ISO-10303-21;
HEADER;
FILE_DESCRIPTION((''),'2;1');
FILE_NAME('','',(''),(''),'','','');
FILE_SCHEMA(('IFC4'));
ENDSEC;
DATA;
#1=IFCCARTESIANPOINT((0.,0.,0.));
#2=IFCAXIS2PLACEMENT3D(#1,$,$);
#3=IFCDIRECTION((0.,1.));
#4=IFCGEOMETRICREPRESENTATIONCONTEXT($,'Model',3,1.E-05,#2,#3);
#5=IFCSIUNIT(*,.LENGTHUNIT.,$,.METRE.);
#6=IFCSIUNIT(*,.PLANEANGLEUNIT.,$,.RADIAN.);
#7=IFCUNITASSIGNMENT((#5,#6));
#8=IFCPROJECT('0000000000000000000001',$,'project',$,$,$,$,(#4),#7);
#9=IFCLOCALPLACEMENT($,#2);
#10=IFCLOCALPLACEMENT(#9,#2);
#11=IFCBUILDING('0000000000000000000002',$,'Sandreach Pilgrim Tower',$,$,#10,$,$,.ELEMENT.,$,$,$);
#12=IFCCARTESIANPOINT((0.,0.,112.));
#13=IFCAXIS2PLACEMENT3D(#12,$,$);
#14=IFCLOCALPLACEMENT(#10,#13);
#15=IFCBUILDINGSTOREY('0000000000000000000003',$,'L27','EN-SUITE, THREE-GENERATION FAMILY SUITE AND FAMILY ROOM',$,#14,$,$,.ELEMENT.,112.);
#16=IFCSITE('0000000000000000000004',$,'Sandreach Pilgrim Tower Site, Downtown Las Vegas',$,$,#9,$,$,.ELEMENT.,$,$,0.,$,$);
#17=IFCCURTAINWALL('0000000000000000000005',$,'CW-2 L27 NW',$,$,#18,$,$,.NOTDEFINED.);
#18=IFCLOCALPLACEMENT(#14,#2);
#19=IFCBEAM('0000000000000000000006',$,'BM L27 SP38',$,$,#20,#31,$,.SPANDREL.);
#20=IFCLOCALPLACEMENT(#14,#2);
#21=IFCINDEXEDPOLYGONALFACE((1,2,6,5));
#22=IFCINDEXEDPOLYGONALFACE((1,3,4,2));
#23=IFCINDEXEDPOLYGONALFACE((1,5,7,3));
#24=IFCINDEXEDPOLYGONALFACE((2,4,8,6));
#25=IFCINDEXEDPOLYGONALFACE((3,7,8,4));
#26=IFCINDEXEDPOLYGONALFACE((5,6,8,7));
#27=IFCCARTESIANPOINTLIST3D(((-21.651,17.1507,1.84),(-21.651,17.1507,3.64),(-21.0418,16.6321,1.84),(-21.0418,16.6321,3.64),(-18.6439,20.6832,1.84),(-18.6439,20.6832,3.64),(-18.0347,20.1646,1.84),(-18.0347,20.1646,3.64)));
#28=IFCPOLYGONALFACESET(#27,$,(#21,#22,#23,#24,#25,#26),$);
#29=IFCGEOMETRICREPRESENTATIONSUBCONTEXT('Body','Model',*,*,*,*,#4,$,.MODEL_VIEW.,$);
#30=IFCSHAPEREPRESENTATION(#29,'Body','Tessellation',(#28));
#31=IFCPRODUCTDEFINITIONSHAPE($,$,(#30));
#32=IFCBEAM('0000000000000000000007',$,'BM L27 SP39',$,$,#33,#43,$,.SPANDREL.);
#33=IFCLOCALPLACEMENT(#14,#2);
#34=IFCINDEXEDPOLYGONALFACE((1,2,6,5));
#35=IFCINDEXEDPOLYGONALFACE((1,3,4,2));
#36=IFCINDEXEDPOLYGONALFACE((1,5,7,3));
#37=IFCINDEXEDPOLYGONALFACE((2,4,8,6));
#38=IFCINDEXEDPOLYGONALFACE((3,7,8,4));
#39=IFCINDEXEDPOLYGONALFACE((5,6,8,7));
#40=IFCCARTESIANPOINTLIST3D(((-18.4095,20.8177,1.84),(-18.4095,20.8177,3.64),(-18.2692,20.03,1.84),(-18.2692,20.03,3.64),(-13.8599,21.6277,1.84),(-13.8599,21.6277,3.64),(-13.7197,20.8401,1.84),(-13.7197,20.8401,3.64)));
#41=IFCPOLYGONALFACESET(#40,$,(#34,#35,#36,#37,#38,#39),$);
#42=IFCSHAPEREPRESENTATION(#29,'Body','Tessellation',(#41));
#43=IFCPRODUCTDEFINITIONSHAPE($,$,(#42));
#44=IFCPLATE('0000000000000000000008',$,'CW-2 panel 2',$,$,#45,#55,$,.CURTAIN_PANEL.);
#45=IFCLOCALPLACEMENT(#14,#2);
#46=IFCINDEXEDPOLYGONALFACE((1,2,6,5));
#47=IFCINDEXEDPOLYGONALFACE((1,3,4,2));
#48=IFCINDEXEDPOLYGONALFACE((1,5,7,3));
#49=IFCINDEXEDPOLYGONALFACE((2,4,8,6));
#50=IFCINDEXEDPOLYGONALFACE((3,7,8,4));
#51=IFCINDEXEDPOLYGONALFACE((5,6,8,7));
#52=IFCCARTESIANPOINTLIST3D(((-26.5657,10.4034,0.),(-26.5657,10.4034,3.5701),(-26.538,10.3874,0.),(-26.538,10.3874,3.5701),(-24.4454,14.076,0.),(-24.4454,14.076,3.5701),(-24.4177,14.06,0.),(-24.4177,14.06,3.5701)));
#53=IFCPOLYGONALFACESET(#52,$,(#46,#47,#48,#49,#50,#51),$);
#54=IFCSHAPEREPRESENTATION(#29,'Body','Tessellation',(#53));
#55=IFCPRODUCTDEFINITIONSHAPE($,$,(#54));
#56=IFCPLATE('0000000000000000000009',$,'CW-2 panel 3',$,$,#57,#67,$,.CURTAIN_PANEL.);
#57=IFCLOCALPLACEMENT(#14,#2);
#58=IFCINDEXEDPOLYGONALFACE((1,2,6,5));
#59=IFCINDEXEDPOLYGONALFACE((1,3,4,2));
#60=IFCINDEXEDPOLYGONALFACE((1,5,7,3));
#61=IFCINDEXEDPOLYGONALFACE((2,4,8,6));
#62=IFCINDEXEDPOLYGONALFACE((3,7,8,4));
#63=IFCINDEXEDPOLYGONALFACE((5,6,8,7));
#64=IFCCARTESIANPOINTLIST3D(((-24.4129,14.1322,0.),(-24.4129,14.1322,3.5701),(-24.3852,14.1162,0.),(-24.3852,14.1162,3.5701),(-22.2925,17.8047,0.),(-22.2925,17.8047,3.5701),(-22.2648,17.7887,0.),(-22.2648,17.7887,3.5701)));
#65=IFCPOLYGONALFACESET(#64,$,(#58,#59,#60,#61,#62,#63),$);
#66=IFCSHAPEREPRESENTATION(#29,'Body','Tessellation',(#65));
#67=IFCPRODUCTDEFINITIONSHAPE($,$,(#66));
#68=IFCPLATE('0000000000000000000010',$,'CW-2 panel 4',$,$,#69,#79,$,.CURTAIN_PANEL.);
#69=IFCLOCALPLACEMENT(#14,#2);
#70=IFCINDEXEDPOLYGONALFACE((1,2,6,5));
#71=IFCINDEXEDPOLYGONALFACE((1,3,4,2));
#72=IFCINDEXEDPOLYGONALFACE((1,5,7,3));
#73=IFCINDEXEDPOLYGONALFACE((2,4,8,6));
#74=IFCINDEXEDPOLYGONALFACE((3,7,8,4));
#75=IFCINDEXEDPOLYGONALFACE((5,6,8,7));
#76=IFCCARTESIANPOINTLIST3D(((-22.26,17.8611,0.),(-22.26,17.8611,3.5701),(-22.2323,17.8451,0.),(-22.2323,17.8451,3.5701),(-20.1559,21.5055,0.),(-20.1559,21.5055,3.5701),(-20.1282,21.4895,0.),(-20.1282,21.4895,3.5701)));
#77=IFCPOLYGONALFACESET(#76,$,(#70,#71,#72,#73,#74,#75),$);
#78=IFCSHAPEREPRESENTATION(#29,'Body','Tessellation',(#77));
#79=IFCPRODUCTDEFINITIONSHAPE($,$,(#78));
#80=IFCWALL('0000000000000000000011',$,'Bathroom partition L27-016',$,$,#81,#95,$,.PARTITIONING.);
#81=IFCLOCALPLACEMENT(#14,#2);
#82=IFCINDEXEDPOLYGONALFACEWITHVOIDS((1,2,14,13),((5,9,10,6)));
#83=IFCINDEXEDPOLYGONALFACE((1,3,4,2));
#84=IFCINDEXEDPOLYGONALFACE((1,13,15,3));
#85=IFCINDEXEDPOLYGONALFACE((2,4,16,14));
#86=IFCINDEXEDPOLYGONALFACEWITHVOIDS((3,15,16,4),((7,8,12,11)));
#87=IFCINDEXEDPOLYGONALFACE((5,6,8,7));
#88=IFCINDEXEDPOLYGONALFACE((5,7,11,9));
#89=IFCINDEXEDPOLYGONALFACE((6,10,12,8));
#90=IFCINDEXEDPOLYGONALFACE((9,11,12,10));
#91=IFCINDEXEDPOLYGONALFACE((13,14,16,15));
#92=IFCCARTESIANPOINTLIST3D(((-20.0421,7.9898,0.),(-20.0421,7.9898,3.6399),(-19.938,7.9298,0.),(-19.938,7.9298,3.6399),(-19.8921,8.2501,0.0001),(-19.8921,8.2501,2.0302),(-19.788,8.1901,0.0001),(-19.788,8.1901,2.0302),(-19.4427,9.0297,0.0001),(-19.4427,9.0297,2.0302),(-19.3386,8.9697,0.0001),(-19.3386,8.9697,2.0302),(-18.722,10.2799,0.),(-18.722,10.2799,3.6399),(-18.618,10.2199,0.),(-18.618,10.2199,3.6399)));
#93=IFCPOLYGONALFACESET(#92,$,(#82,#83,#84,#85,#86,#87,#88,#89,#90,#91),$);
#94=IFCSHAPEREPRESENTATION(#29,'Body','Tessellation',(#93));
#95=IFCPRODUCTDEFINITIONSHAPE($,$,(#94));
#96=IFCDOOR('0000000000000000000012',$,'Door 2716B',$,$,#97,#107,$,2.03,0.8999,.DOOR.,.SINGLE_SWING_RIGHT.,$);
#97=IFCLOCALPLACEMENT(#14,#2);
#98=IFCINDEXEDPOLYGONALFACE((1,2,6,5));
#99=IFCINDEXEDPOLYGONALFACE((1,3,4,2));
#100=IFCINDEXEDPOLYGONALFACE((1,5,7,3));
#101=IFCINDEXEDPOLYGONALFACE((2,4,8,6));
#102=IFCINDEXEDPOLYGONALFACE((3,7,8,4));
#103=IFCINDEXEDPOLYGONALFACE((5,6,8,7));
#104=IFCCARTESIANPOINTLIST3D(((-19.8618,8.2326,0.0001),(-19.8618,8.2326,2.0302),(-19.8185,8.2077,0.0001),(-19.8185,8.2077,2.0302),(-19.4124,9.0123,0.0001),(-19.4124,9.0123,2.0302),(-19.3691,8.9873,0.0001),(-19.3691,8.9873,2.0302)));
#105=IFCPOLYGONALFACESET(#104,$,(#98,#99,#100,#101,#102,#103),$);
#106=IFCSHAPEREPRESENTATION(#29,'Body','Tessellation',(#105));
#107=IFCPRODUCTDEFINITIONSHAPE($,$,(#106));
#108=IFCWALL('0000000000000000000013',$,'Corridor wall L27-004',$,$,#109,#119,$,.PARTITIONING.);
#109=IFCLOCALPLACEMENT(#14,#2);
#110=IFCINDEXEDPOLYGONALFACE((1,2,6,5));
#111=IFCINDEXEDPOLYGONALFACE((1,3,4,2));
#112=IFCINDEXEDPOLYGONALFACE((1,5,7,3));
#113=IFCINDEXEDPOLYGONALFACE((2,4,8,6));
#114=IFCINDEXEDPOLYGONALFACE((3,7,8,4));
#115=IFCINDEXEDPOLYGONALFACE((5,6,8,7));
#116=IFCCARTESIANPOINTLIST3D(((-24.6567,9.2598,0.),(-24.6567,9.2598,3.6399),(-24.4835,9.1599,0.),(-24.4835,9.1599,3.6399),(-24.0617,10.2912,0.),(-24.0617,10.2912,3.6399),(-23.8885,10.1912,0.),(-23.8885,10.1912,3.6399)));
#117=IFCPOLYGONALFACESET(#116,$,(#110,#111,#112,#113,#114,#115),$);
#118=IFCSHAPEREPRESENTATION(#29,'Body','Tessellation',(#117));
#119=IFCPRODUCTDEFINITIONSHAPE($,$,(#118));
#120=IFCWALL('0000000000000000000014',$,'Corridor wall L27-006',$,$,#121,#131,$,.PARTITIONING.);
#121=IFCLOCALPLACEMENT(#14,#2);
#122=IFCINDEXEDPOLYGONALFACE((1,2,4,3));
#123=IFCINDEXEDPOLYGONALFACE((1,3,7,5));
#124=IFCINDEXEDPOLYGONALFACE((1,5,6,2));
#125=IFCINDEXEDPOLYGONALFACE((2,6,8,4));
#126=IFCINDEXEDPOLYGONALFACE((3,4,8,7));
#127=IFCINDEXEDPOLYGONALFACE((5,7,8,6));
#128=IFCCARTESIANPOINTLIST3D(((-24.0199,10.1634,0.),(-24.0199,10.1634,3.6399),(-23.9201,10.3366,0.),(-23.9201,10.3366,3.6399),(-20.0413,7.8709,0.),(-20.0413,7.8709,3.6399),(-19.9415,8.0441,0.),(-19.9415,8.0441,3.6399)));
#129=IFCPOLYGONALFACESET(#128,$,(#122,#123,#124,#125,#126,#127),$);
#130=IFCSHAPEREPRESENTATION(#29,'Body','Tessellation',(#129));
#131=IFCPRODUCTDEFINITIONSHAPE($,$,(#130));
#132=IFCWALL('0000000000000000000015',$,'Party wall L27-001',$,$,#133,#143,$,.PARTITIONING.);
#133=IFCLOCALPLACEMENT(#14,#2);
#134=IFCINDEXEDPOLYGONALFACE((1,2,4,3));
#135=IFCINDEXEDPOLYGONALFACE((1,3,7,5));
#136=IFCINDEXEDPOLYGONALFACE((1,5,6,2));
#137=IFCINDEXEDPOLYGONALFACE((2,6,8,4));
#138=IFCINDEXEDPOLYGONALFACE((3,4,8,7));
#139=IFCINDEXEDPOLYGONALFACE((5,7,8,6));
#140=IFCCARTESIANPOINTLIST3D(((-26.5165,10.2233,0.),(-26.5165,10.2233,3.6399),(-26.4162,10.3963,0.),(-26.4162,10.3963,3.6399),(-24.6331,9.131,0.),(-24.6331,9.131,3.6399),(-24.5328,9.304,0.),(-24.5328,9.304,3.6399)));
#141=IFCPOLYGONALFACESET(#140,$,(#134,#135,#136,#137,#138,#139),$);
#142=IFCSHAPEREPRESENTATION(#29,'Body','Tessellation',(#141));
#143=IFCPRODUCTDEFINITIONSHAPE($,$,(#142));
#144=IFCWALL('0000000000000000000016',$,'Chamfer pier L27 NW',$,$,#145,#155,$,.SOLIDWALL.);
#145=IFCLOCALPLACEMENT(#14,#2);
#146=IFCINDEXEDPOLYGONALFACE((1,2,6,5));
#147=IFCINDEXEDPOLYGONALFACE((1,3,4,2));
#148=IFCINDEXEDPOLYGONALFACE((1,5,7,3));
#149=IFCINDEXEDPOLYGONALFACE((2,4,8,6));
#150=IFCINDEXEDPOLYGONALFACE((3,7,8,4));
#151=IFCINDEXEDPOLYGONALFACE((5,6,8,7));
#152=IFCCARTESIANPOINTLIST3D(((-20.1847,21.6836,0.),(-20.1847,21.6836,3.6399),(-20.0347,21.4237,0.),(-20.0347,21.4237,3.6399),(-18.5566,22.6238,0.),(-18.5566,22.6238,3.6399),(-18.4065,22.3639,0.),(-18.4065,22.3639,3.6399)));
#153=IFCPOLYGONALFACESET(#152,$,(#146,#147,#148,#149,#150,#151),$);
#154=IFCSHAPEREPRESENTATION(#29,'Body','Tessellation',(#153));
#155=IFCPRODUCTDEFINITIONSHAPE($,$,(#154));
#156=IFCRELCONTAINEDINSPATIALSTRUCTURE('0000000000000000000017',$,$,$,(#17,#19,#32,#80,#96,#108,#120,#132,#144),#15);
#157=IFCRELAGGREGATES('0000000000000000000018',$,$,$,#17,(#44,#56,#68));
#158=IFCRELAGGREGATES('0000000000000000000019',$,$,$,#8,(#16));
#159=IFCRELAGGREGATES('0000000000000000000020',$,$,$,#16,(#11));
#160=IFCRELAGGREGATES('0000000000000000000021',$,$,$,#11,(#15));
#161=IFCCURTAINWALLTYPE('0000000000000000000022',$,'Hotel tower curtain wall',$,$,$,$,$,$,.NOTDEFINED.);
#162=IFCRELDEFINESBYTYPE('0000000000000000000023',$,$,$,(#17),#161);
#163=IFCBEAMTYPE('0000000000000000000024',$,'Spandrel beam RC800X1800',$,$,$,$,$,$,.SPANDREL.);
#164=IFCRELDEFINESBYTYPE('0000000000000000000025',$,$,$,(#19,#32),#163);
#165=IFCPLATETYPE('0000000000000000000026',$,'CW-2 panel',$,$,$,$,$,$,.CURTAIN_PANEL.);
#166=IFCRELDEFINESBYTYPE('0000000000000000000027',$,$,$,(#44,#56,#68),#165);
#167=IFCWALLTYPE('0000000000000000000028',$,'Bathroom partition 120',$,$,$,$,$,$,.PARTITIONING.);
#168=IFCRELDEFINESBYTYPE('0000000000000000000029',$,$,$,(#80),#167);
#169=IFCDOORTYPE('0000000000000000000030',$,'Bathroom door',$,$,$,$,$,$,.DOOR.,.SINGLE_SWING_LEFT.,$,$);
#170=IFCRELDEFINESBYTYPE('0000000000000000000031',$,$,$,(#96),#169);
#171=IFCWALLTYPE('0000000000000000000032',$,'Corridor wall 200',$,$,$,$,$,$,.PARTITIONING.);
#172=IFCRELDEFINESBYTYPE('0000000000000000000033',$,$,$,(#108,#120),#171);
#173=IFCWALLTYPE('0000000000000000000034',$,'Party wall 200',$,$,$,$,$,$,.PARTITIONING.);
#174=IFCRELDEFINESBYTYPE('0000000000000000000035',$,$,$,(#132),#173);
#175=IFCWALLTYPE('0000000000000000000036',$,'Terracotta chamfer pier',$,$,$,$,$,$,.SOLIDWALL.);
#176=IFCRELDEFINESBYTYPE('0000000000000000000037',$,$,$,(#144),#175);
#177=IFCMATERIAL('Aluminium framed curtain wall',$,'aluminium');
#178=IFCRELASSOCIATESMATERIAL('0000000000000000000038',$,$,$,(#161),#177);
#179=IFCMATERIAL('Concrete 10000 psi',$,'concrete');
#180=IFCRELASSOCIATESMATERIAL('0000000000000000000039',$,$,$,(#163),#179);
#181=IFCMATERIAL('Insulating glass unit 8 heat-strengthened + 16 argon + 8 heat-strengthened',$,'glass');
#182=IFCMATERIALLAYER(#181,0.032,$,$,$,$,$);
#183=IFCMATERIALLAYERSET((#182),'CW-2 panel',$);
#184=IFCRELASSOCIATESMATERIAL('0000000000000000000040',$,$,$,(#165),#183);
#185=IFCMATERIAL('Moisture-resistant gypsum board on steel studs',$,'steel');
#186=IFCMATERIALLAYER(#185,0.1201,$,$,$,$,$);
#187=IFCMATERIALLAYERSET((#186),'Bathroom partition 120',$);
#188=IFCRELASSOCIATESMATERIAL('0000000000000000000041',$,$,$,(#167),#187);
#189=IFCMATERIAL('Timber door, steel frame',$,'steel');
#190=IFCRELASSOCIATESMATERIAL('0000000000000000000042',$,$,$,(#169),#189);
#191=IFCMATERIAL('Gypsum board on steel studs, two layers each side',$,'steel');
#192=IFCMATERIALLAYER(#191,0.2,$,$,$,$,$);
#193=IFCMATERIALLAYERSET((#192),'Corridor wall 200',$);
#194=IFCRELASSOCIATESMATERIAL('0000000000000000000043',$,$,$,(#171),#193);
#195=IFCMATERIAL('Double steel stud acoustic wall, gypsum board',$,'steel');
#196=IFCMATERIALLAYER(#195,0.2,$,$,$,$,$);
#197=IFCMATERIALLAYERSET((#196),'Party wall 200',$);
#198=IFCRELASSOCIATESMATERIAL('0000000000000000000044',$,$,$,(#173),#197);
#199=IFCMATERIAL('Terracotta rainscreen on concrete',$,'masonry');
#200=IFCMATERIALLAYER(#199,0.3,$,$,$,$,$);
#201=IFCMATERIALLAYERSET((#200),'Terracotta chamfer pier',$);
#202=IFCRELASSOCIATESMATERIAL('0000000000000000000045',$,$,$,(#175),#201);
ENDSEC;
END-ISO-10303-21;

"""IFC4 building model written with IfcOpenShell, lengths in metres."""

from ifc_helpers import new_model, si_unit, direction, frame, frame_2d, origin, origin_2d, place, context, subcontext, project, spatial, rectangle, extrude, material, layer, layer_set, material_profile, profile_set, type_object, element, fill, aggregate, save


model = new_model("IFC4")

# Units and contexts
model_context = context("Model", 3, precision=1e-05, world=origin(), true_north=direction((0.0, 1.0)))
body_context = subcontext(model_context, "Body", "Model", "MODEL_VIEW")
ifc_project = project(units=[si_unit("LENGTHUNIT", "METRE"), si_unit("PLANEANGLEUNIT", "RADIAN")], contexts=[model_context])

# Site, building, storey
site_placement = place(None, origin())
site = spatial("IfcSite", under=ifc_project, at=site_placement, Name="Sandreach Pilgrim Tower Site, Downtown Las Vegas", CompositionType="ELEMENT", RefElevation=0.0)
building_placement = place(site_placement, origin())
building = spatial("IfcBuilding", under=site, at=building_placement, Name="Sandreach Pilgrim Tower", CompositionType="ELEMENT")
storey_placement = place(building_placement, frame((0.0, 0.0, 112.0)))
storey = spatial("IfcBuildingStorey", under=building, at=storey_placement, Name="L27", Description="EN-SUITE, THREE-GENERATION FAMILY SUITE AND FAMILY ROOM", CompositionType="ELEMENT", Elevation=112.0)

# Shared definitions
ifc_material_1 = material(Name="Aluminium framed curtain wall", Category="aluminium")
curtain_wall_type = type_object("IfcCurtainWallType", Name="Hotel tower curtain wall", PredefinedType="NOTDEFINED", material=ifc_material_1)

# Curtain wall
curtain_wall_1_placement = place(storey_placement, origin())
curtain_wall_1 = element("IfcCurtainWall", 1, at=curtain_wall_1_placement, inside=storey, type_object=curtain_wall_type, Name="CW-2 L27 NW", PredefinedType="NOTDEFINED")

# Beams
ifc_material_2 = material(Name="Concrete 10000 psi", Category="concrete")
ifc_material_profile_1 = material_profile(ifc_material_2, rectangle(XDim=0.8, YDim=1.8, at=origin_2d()), Name="RC800X1800")
ifc_profile_set_1 = profile_set([ifc_material_profile_1], Name="Concrete 10000 psi")
beam_type_1 = type_object("IfcBeamType", Name="Spandrel beam RC800X1800", PredefinedType="SPANDREL", material=ifc_profile_set_1)
beam_1_placement = place(storey_placement, frame((-21.3464, 16.8914, 2.74), z_axis=(0.648209, 0.761463, 0.0), x_axis=(-0.761463, 0.648209, 0.0)))
element("IfcBeam", 2, at=beam_1_placement, inside=storey, type_object=beam_type_1, Name="BM L27 SP38", PredefinedType="SPANDREL", context=body_context, shape_type="SweptSolid", body=[
    extrude(rectangle(XDim=0.8, YDim=1.8, at=origin_2d()), origin(), (0.0, 0.0, 1.0), 4.6392),
])
beam_2_placement = place(storey_placement, frame((-18.3394, 20.4238, 2.74), z_axis=(0.984516, 0.175295, 0.0), x_axis=(-0.175295, 0.984516, 0.0)))
element("IfcBeam", 3, at=beam_2_placement, inside=storey, type_object=beam_type_1, Name="BM L27 SP39", PredefinedType="SPANDREL", context=body_context, shape_type="SweptSolid", body=[
    extrude(rectangle(XDim=0.8, YDim=1.8, at=origin_2d()), origin(), (0.0, 0.0, 1.0), 4.6211),
])

# Plates
ifc_material_3 = material(Name="Insulating glass unit 8 heat-strengthened + 16 argon + 8 heat-strengthened", Category="glass")
ifc_layer_1 = layer(ifc_material_3, 0.032)
ifc_layer_set_1 = layer_set([ifc_layer_1], Name="CW-2 panel")
plate_type = type_object("IfcPlateType", Name="CW-2 panel", PredefinedType="CURTAIN_PANEL", material=ifc_layer_set_1)
plate_1_placement = place(storey_placement, frame((-25.4917, 12.2317, 0.0), z_axis=(0.0, 0.0, 1.0), x_axis=(0.5, 0.866025, 0.0)))
plate_1 = element("IfcPlate", 4, at=plate_1_placement, type_object=plate_type, Name="CW-2 panel 2", PredefinedType="CURTAIN_PANEL", context=body_context, shape_type="SweptSolid", body=[
    extrude(rectangle(XDim=4.2407, YDim=0.032, at=origin_2d()), origin(), (0.0, 0.0, 1.0), 3.5701),
])
plate_2_placement = place(storey_placement, frame((-23.3389, 15.9604, 0.0), z_axis=(0.0, 0.0, 1.0), x_axis=(0.5, 0.866025, 0.0)))
plate_2 = element("IfcPlate", 5, at=plate_2_placement, type_object=plate_type, Name="CW-2 panel 3", PredefinedType="CURTAIN_PANEL", context=body_context, shape_type="SweptSolid", body=[
    extrude(rectangle(XDim=4.2407, YDim=0.032, at=origin_2d()), origin(), (0.0, 0.0, 1.0), 3.5701),
])
plate_3_placement = place(storey_placement, frame((-21.1941, 19.6753, 0.0), z_axis=(0.0, 0.0, 1.0), x_axis=(0.5, 0.866025, 0.0)))
plate_3 = element("IfcPlate", 6, at=plate_3_placement, type_object=plate_type, Name="CW-2 panel 4", PredefinedType="CURTAIN_PANEL", context=body_context, shape_type="SweptSolid", body=[
    extrude(rectangle(XDim=4.2083, YDim=0.032, at=origin_2d()), origin(), (0.0, 0.0, 1.0), 3.5701),
])
aggregate(curtain_wall_1, [plate_1, plate_2, plate_3])

# Wall, opening, door
ifc_material_4 = material(Name="Moisture-resistant gypsum board on steel studs", Category="steel")
ifc_layer_2 = layer(ifc_material_4, 0.1201)
ifc_layer_set_2 = layer_set([ifc_layer_2], Name="Bathroom partition 120")
wall_type_1 = type_object("IfcWallType", Name="Bathroom partition 120", PredefinedType="PARTITIONING", material=ifc_layer_set_2)
wall_1_placement = place(storey_placement, frame((-18.6699, 10.25, 0.0), z_axis=(0.0, 0.0, 1.0), x_axis=(-0.499408, -0.866367, 0.0)))
wall_1 = element("IfcWall", 7, at=wall_1_placement, inside=storey, type_object=wall_type_1, Name="Bathroom partition L27-016", PredefinedType="PARTITIONING", context=body_context, shape_type="SweptSolid", body=[
    extrude(rectangle(XDim=2.6433, YDim=0.1201, at=frame_2d((1.3218, 0.0))), origin(), (0.0, 0.0, 1.0), 3.6399),
])
opening_placement = place(wall_1_placement, frame((1.4431, 0.0, 0.0)))
opening = element("IfcOpeningElement", 8, at=opening_placement, cuts=wall_1, PredefinedType="OPENING", context=body_context, shape_type="SweptSolid", body=[
    extrude(rectangle(XDim=0.8999, YDim=2.03, at=frame_2d((0.45, 1.0151))), frame((0.0, 0.0601, 0.0), z_axis=(0.0, -1.0, 0.0), x_axis=(1.0, 0.0, 0.0)), (0.0, 0.0, 1.0), 0.1201),
])
ifc_material_5 = material(Name="Timber door, steel frame", Category="steel")
door_type = type_object("IfcDoorType", Name="Bathroom door", OperationType="SINGLE_SWING_LEFT", PredefinedType="DOOR", material=ifc_material_5)
door_placement = place(opening_placement, origin())
door = element("IfcDoor", 9, at=door_placement, inside=storey, type_object=door_type, Name="Door 2716B", OperationType="SINGLE_SWING_RIGHT", OverallHeight=2.03, OverallWidth=0.8999, PredefinedType="DOOR", context=body_context, shape_type="SweptSolid", body=[
    extrude(rectangle(XDim=0.8999, YDim=2.03, at=frame_2d((0.45, 1.0151))), frame((0.0, 0.0249, 0.0), z_axis=(0.0, -1.0, 0.0), x_axis=(1.0, 0.0, 0.0)), (0.0, 0.0, 1.0), 0.05),
])
fill(opening, door)

# Walls
ifc_material_6 = material(Name="Gypsum board on steel studs, two layers each side", Category="steel")
ifc_layer_3 = layer(ifc_material_6, 0.2)
ifc_layer_set_3 = layer_set([ifc_layer_3], Name="Corridor wall 200")
wall_type_2 = type_object("IfcWallType", Name="Corridor wall 200", PredefinedType="PARTITIONING", material=ifc_layer_set_3)
wall_2_placement = place(storey_placement, frame((-24.5701, 9.21, 0.0), z_axis=(0.0, 0.0, 1.0), x_axis=(0.499734, 0.866179, 0.0)))
element("IfcWall", 10, at=wall_2_placement, inside=storey, type_object=wall_type_2, Name="Corridor wall L27-004", PredefinedType="PARTITIONING", context=body_context, shape_type="SweptSolid", body=[
    extrude(rectangle(XDim=1.1907, YDim=0.2, at=frame_2d((0.5952, 0.0))), origin(), (0.0, 0.0, 1.0), 3.6399),
])
wall_3_placement = place(storey_placement, frame((-23.97, 10.25, 0.0), z_axis=(0.0, 0.0, 1.0), x_axis=(0.866451, -0.499262, 0.0)))
element("IfcWall", 11, at=wall_3_placement, inside=storey, type_object=wall_type_2, Name="Corridor wall L27-006", PredefinedType="PARTITIONING", context=body_context, shape_type="SweptSolid", body=[
    extrude(rectangle(XDim=4.5918, YDim=0.2, at=frame_2d((2.2959, 0.0))), origin(), (0.0, 0.0, 1.0), 3.6399),
])
ifc_material_7 = material(Name="Double steel stud acoustic wall, gypsum board", Category="steel")
ifc_layer_4 = layer(ifc_material_7, 0.2)
ifc_layer_set_4 = layer_set([ifc_layer_4], Name="Party wall 200")
wall_type_3 = type_object("IfcWallType", Name="Party wall 200", PredefinedType="PARTITIONING", material=ifc_layer_set_4)
wall_4_placement = place(storey_placement, frame((-26.4663, 10.3098, 0.0), z_axis=(0.0, 0.0, 1.0), x_axis=(0.865037, -0.501708, 0.0)))
element("IfcWall", 12, at=wall_4_placement, inside=storey, type_object=wall_type_3, Name="Party wall L27-001", PredefinedType="PARTITIONING", context=body_context, shape_type="SweptSolid", body=[
    extrude(rectangle(XDim=2.1772, YDim=0.2, at=frame_2d((1.0886, 0.0))), origin(), (0.0, 0.0, 1.0), 3.6399),
])
ifc_material_8 = material(Name="Terracotta rainscreen on concrete", Category="masonry")
ifc_layer_5 = layer(ifc_material_8, 0.3)
ifc_layer_set_5 = layer_set([ifc_layer_5], Name="Terracotta chamfer pier")
wall_type_4 = type_object("IfcWallType", Name="Terracotta chamfer pier", PredefinedType="SOLIDWALL", material=ifc_layer_set_5)
wall_5_placement = place(storey_placement, frame((-20.1096, 21.5537, 0.0), z_axis=(0.0, 0.0, 1.0), x_axis=(0.865989, 0.500063, 0.0)))
element("IfcWall", 13, at=wall_5_placement, inside=storey, type_object=wall_type_4, Name="Chamfer pier L27 NW", PredefinedType="SOLIDWALL", context=body_context, shape_type="SweptSolid", body=[
    extrude(rectangle(XDim=1.8801, YDim=0.3, at=frame_2d((0.9399, 0.0))), origin(), (0.0, 0.0, 1.0), 3.6399),
])

save(model, "model.ifc")
